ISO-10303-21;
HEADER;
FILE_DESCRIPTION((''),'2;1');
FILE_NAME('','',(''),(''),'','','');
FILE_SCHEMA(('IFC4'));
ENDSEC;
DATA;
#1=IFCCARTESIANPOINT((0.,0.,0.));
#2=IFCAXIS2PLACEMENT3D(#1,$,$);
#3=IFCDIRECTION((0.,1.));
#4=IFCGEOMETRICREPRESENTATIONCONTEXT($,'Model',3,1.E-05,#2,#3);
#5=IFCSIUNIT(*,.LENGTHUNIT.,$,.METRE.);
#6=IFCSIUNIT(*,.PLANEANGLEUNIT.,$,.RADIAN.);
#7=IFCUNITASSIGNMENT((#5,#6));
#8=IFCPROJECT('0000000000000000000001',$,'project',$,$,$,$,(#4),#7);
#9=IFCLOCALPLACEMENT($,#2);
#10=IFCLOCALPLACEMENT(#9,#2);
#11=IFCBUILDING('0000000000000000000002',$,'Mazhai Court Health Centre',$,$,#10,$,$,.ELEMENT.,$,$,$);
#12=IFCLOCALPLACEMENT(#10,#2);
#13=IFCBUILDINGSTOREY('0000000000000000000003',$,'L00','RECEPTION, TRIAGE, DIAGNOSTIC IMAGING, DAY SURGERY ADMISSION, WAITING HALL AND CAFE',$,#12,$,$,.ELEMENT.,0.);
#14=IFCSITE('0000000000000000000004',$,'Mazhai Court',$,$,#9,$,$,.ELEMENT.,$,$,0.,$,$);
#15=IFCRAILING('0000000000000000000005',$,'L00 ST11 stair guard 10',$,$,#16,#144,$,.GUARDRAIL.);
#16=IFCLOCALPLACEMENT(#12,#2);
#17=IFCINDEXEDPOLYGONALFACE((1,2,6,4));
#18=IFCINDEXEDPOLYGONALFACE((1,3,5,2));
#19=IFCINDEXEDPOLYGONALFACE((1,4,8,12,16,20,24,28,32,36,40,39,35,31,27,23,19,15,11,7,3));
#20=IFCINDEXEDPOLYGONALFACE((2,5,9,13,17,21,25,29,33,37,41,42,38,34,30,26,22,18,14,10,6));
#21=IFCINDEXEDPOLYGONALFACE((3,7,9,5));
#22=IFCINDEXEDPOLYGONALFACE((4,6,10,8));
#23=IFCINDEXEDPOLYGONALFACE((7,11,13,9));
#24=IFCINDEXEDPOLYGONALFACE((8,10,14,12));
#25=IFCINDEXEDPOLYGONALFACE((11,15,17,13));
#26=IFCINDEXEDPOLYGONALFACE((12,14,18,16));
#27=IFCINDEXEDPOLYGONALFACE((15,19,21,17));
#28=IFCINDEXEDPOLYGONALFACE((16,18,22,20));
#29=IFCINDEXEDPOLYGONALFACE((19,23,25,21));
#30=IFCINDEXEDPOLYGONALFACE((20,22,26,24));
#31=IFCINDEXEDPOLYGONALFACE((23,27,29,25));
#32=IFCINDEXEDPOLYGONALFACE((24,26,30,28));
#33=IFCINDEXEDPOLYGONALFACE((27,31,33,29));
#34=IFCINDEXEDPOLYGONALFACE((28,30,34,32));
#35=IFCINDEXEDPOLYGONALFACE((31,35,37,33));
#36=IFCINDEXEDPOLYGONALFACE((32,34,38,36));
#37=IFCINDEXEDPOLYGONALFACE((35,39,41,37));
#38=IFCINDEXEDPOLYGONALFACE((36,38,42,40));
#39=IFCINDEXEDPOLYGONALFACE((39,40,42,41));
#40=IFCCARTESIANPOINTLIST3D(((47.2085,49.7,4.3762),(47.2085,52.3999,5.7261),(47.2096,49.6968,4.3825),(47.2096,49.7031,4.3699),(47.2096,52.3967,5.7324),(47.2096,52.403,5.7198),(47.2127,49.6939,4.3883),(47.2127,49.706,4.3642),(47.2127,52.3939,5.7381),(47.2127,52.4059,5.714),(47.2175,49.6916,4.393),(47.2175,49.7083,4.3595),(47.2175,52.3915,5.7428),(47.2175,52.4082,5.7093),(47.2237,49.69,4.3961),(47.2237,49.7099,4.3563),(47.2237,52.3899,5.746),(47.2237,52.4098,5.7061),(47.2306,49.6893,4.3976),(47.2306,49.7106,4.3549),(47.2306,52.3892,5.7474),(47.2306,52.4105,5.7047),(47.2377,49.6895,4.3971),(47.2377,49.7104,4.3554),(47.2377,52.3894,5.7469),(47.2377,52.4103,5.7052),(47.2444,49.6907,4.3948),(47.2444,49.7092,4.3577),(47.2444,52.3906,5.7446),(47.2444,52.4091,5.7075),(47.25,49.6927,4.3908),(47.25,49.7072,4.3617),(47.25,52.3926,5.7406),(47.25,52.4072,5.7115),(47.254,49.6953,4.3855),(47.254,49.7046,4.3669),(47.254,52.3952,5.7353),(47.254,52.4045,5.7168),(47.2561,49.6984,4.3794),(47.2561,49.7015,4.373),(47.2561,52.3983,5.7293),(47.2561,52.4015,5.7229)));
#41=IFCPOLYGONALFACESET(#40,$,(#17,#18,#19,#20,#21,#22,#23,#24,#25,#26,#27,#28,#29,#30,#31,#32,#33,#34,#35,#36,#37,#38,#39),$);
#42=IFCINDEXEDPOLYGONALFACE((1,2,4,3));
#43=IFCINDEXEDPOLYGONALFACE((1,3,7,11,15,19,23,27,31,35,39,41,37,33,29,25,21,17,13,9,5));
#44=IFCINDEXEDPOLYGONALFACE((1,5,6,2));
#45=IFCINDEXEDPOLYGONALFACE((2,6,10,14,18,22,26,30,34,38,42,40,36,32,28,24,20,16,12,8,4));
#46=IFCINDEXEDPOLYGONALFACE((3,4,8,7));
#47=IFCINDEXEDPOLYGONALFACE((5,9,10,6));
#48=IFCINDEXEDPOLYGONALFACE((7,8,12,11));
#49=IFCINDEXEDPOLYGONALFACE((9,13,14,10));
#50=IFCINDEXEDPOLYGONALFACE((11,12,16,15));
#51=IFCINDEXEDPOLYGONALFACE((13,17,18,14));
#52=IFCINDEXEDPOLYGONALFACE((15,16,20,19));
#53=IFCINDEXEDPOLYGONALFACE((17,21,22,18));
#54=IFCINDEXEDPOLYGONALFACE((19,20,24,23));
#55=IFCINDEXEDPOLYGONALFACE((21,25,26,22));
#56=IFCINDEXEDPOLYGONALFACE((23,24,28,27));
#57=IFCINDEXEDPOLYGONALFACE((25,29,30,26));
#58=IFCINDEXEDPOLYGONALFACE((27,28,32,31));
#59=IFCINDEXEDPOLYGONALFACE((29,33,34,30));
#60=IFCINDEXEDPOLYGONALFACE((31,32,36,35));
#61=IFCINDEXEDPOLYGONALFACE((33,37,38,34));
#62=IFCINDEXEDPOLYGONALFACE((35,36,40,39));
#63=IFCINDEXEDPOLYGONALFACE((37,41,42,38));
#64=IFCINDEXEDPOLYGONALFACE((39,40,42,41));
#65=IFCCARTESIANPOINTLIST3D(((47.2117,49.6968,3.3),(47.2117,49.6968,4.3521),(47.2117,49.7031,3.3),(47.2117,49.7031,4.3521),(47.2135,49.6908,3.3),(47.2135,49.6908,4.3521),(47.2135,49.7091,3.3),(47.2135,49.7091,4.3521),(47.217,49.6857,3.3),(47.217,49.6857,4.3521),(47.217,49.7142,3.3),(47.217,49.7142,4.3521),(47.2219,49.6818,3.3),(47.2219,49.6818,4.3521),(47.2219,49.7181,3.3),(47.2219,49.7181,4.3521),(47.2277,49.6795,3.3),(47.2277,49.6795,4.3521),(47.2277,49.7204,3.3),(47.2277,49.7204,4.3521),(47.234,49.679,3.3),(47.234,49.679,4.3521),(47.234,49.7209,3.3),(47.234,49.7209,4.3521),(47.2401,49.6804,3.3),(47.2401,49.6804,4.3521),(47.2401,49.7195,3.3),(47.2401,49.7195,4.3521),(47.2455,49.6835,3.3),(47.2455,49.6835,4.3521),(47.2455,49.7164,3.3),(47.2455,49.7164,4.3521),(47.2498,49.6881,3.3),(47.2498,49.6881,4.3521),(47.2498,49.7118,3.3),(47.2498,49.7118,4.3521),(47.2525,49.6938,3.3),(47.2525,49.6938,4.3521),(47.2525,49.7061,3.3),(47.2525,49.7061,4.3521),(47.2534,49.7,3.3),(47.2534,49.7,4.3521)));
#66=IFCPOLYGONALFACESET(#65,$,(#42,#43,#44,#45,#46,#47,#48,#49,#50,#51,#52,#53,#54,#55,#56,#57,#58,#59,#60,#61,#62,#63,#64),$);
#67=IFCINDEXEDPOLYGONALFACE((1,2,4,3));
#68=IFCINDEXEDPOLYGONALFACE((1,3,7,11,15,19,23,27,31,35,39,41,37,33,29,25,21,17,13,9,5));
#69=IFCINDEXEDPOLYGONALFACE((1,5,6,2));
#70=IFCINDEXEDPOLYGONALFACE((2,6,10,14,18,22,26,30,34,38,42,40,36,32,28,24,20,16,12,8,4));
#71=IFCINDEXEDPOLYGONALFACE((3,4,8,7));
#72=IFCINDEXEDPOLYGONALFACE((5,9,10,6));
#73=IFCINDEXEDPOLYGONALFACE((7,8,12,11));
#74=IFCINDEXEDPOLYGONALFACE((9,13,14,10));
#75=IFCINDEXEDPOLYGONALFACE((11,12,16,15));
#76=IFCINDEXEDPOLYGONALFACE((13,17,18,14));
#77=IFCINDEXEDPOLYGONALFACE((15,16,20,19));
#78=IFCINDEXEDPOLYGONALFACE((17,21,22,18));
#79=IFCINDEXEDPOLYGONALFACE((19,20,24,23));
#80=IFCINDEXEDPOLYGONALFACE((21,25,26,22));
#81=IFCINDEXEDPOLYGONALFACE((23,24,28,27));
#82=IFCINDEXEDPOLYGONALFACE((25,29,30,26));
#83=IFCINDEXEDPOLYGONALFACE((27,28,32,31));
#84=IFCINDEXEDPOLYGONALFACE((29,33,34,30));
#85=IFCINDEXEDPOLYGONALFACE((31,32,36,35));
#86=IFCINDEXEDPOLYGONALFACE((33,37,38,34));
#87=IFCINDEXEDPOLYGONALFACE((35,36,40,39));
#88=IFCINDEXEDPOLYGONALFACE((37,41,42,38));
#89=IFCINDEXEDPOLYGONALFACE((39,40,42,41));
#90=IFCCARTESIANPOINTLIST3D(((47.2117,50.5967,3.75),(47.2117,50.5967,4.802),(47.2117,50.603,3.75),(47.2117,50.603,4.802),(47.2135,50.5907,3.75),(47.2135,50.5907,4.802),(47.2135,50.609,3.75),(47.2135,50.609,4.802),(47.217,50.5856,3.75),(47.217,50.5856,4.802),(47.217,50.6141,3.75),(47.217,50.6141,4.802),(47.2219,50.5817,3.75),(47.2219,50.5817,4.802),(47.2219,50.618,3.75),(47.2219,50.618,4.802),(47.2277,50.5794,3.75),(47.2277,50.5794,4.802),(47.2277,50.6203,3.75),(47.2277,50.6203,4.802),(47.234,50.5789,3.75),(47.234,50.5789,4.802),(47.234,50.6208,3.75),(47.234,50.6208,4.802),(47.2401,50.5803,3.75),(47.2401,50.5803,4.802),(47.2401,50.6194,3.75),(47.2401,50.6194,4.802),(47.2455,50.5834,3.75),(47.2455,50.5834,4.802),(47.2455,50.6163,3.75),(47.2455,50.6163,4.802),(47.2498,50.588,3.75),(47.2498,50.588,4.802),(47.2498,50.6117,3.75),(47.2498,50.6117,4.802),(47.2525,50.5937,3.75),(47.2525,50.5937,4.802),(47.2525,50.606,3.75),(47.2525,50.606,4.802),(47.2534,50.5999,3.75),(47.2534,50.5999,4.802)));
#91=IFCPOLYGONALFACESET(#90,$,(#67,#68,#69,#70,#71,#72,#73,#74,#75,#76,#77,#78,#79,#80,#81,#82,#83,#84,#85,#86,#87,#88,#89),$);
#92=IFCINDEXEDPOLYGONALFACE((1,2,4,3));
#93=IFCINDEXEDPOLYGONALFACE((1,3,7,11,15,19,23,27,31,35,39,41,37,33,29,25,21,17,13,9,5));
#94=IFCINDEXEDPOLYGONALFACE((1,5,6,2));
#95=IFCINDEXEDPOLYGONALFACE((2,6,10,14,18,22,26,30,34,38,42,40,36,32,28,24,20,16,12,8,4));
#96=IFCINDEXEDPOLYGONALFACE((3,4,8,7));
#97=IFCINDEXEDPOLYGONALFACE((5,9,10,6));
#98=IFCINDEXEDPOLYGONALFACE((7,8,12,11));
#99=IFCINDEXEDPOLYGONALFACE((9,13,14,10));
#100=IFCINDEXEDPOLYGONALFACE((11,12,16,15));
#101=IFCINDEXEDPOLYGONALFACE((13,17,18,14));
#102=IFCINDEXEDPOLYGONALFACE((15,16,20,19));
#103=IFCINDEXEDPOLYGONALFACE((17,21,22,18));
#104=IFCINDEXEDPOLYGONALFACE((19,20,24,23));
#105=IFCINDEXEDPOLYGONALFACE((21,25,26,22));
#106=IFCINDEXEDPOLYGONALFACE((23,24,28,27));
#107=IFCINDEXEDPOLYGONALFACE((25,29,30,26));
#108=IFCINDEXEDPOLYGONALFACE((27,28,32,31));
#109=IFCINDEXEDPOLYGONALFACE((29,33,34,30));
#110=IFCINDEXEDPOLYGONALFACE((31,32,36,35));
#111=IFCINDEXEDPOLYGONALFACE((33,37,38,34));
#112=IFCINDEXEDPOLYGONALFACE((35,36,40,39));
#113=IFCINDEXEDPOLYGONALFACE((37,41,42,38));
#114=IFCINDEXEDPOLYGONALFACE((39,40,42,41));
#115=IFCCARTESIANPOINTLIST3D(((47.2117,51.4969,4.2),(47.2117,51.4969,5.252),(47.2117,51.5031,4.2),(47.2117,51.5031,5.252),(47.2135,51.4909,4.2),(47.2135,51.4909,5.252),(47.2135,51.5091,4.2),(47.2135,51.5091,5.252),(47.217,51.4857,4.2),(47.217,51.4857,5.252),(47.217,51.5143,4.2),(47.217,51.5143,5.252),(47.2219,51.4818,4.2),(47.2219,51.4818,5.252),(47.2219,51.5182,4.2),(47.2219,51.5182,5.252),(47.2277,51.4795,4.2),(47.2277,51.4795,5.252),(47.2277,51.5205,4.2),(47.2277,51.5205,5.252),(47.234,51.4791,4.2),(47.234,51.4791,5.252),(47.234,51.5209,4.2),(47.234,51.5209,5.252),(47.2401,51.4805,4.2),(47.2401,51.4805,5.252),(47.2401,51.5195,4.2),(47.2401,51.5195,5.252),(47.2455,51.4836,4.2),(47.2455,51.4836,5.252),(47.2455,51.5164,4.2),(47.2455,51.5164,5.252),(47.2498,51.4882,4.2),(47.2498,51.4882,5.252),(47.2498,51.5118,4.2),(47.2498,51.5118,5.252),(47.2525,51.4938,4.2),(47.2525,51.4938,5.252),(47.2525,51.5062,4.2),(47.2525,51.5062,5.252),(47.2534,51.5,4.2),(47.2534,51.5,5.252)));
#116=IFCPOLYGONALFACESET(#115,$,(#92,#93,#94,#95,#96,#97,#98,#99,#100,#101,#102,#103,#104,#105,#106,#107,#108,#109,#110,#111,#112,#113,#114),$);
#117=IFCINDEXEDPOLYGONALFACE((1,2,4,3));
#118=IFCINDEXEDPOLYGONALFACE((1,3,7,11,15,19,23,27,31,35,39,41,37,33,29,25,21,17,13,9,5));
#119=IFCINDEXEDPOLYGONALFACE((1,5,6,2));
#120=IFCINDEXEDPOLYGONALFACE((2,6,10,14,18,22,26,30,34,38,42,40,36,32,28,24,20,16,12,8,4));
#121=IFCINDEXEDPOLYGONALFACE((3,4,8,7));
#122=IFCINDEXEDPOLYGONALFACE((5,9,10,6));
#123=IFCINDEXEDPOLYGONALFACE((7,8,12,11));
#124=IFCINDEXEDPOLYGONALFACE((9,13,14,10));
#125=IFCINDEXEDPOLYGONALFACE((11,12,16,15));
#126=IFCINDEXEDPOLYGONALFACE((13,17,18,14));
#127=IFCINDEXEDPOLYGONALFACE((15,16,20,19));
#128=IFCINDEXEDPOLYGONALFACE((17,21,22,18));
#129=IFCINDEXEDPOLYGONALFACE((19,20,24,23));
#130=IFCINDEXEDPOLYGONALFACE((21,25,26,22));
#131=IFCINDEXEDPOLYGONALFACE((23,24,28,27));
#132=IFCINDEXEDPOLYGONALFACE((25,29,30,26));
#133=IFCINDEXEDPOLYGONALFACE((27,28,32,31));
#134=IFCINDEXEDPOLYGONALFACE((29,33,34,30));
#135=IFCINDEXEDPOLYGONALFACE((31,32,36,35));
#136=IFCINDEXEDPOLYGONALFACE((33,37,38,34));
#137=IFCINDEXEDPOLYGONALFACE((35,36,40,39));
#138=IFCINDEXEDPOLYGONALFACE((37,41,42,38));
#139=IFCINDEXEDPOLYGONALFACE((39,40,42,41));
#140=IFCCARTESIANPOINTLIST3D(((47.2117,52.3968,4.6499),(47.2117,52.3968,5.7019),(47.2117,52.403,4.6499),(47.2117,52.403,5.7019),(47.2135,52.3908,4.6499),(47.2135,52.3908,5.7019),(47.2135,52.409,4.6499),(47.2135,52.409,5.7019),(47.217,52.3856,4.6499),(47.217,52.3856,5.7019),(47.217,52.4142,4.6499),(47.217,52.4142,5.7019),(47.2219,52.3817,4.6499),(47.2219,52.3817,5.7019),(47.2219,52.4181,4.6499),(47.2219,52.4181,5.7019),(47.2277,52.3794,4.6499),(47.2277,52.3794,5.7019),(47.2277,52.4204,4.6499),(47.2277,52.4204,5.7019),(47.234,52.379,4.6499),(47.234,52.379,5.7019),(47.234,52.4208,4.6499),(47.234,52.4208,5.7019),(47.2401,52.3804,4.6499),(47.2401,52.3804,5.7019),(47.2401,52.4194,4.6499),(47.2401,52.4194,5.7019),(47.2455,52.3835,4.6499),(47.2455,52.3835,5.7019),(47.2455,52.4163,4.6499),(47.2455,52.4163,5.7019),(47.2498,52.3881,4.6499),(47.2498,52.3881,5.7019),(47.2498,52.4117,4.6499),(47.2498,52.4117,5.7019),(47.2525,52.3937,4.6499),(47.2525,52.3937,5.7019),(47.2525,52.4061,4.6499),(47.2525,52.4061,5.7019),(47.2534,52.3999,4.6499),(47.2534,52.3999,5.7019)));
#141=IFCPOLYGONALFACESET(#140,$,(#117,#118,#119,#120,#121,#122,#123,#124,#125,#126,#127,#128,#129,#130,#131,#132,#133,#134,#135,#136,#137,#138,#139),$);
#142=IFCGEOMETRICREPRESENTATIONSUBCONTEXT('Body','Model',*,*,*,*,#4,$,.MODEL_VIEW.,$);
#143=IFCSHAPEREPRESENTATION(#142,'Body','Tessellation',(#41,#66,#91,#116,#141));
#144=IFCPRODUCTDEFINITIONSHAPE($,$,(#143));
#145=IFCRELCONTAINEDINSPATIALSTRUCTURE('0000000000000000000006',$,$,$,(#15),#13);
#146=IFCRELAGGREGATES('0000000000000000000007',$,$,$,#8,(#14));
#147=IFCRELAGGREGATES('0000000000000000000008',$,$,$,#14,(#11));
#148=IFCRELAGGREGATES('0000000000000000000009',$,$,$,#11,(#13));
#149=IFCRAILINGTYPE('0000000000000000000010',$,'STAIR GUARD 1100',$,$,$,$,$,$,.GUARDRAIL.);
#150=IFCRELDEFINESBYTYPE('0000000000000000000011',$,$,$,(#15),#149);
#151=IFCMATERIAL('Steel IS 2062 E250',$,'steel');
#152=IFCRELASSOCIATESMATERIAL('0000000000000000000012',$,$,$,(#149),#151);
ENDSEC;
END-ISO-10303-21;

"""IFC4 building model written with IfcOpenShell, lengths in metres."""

from ifc_helpers import new_model, si_unit, direction, frame, origin, origin_2d, place, context, subcontext, project, spatial, circle, extrude, material, type_object, element, save


model = new_model("IFC4")

# Units and contexts
model_context = context("Model", 3, precision=1e-05, world=origin(), true_north=direction((0.0, 1.0)))
body_context = subcontext(model_context, "Body", "Model", "MODEL_VIEW")
ifc_project = project(units=[si_unit("LENGTHUNIT", "METRE"), si_unit("PLANEANGLEUNIT", "RADIAN")], contexts=[model_context])

# Site, building, storey
site_placement = place(None, origin())
site = spatial("IfcSite", under=ifc_project, at=site_placement, Name="Mazhai Court", CompositionType="ELEMENT", RefElevation=0.0)
building_placement = place(site_placement, origin())
building = spatial("IfcBuilding", under=site, at=building_placement, Name="Mazhai Court Health Centre", CompositionType="ELEMENT")
storey_placement = place(building_placement, origin())
storey = spatial("IfcBuildingStorey", under=building, at=storey_placement, Name="L00", Description="RECEPTION, TRIAGE, DIAGNOSTIC IMAGING, DAY SURGERY ADMISSION, WAITING HALL AND CAFE", CompositionType="ELEMENT", Elevation=0.0)

# Railing
ifc_material_1 = material(Name="Steel IS 2062 E250", Category="steel")
railing_type_1 = type_object("IfcRailingType", Name="STAIR GUARD 1100", PredefinedType="GUARDRAIL", material=ifc_material_1)
for number, where, name in (
    (1, (47.2324, 49.7, 3.3), "L00 ST11 stair guard 10"),
):
    element("IfcRailing", number, at=place(storey_placement, frame(where)), inside=storey, type_object=railing_type_1, Name=name, PredefinedType="GUARDRAIL", context=body_context, shape_type="SweptSolid", body=[
        extrude(circle(Radius=0.0239, at=origin_2d()), frame((0.0, 0.0, 1.0762), z_axis=(0.0, 0.894443, 0.447181), x_axis=(-1.0, 0.0, 0.0)), (0.0, 0.0, 1.0), 3.0186),
        extrude(circle(Radius=0.021, at=origin_2d()), origin(), (0.0, 0.0, 1.0), 1.052),
        extrude(circle(Radius=0.021, at=origin_2d()), frame((0.0, 0.8999, 0.45)), (0.0, 0.0, 1.0), 1.052),
        extrude(circle(Radius=0.021, at=origin_2d()), frame((0.0, 1.8, 0.8999)), (0.0, 0.0, 1.0), 1.052),
        extrude(circle(Radius=0.021, at=origin_2d()), frame((0.0, 2.7, 1.3499)), (0.0, 0.0, 1.0), 1.052),
    ])

save(model, "model.ifc")
